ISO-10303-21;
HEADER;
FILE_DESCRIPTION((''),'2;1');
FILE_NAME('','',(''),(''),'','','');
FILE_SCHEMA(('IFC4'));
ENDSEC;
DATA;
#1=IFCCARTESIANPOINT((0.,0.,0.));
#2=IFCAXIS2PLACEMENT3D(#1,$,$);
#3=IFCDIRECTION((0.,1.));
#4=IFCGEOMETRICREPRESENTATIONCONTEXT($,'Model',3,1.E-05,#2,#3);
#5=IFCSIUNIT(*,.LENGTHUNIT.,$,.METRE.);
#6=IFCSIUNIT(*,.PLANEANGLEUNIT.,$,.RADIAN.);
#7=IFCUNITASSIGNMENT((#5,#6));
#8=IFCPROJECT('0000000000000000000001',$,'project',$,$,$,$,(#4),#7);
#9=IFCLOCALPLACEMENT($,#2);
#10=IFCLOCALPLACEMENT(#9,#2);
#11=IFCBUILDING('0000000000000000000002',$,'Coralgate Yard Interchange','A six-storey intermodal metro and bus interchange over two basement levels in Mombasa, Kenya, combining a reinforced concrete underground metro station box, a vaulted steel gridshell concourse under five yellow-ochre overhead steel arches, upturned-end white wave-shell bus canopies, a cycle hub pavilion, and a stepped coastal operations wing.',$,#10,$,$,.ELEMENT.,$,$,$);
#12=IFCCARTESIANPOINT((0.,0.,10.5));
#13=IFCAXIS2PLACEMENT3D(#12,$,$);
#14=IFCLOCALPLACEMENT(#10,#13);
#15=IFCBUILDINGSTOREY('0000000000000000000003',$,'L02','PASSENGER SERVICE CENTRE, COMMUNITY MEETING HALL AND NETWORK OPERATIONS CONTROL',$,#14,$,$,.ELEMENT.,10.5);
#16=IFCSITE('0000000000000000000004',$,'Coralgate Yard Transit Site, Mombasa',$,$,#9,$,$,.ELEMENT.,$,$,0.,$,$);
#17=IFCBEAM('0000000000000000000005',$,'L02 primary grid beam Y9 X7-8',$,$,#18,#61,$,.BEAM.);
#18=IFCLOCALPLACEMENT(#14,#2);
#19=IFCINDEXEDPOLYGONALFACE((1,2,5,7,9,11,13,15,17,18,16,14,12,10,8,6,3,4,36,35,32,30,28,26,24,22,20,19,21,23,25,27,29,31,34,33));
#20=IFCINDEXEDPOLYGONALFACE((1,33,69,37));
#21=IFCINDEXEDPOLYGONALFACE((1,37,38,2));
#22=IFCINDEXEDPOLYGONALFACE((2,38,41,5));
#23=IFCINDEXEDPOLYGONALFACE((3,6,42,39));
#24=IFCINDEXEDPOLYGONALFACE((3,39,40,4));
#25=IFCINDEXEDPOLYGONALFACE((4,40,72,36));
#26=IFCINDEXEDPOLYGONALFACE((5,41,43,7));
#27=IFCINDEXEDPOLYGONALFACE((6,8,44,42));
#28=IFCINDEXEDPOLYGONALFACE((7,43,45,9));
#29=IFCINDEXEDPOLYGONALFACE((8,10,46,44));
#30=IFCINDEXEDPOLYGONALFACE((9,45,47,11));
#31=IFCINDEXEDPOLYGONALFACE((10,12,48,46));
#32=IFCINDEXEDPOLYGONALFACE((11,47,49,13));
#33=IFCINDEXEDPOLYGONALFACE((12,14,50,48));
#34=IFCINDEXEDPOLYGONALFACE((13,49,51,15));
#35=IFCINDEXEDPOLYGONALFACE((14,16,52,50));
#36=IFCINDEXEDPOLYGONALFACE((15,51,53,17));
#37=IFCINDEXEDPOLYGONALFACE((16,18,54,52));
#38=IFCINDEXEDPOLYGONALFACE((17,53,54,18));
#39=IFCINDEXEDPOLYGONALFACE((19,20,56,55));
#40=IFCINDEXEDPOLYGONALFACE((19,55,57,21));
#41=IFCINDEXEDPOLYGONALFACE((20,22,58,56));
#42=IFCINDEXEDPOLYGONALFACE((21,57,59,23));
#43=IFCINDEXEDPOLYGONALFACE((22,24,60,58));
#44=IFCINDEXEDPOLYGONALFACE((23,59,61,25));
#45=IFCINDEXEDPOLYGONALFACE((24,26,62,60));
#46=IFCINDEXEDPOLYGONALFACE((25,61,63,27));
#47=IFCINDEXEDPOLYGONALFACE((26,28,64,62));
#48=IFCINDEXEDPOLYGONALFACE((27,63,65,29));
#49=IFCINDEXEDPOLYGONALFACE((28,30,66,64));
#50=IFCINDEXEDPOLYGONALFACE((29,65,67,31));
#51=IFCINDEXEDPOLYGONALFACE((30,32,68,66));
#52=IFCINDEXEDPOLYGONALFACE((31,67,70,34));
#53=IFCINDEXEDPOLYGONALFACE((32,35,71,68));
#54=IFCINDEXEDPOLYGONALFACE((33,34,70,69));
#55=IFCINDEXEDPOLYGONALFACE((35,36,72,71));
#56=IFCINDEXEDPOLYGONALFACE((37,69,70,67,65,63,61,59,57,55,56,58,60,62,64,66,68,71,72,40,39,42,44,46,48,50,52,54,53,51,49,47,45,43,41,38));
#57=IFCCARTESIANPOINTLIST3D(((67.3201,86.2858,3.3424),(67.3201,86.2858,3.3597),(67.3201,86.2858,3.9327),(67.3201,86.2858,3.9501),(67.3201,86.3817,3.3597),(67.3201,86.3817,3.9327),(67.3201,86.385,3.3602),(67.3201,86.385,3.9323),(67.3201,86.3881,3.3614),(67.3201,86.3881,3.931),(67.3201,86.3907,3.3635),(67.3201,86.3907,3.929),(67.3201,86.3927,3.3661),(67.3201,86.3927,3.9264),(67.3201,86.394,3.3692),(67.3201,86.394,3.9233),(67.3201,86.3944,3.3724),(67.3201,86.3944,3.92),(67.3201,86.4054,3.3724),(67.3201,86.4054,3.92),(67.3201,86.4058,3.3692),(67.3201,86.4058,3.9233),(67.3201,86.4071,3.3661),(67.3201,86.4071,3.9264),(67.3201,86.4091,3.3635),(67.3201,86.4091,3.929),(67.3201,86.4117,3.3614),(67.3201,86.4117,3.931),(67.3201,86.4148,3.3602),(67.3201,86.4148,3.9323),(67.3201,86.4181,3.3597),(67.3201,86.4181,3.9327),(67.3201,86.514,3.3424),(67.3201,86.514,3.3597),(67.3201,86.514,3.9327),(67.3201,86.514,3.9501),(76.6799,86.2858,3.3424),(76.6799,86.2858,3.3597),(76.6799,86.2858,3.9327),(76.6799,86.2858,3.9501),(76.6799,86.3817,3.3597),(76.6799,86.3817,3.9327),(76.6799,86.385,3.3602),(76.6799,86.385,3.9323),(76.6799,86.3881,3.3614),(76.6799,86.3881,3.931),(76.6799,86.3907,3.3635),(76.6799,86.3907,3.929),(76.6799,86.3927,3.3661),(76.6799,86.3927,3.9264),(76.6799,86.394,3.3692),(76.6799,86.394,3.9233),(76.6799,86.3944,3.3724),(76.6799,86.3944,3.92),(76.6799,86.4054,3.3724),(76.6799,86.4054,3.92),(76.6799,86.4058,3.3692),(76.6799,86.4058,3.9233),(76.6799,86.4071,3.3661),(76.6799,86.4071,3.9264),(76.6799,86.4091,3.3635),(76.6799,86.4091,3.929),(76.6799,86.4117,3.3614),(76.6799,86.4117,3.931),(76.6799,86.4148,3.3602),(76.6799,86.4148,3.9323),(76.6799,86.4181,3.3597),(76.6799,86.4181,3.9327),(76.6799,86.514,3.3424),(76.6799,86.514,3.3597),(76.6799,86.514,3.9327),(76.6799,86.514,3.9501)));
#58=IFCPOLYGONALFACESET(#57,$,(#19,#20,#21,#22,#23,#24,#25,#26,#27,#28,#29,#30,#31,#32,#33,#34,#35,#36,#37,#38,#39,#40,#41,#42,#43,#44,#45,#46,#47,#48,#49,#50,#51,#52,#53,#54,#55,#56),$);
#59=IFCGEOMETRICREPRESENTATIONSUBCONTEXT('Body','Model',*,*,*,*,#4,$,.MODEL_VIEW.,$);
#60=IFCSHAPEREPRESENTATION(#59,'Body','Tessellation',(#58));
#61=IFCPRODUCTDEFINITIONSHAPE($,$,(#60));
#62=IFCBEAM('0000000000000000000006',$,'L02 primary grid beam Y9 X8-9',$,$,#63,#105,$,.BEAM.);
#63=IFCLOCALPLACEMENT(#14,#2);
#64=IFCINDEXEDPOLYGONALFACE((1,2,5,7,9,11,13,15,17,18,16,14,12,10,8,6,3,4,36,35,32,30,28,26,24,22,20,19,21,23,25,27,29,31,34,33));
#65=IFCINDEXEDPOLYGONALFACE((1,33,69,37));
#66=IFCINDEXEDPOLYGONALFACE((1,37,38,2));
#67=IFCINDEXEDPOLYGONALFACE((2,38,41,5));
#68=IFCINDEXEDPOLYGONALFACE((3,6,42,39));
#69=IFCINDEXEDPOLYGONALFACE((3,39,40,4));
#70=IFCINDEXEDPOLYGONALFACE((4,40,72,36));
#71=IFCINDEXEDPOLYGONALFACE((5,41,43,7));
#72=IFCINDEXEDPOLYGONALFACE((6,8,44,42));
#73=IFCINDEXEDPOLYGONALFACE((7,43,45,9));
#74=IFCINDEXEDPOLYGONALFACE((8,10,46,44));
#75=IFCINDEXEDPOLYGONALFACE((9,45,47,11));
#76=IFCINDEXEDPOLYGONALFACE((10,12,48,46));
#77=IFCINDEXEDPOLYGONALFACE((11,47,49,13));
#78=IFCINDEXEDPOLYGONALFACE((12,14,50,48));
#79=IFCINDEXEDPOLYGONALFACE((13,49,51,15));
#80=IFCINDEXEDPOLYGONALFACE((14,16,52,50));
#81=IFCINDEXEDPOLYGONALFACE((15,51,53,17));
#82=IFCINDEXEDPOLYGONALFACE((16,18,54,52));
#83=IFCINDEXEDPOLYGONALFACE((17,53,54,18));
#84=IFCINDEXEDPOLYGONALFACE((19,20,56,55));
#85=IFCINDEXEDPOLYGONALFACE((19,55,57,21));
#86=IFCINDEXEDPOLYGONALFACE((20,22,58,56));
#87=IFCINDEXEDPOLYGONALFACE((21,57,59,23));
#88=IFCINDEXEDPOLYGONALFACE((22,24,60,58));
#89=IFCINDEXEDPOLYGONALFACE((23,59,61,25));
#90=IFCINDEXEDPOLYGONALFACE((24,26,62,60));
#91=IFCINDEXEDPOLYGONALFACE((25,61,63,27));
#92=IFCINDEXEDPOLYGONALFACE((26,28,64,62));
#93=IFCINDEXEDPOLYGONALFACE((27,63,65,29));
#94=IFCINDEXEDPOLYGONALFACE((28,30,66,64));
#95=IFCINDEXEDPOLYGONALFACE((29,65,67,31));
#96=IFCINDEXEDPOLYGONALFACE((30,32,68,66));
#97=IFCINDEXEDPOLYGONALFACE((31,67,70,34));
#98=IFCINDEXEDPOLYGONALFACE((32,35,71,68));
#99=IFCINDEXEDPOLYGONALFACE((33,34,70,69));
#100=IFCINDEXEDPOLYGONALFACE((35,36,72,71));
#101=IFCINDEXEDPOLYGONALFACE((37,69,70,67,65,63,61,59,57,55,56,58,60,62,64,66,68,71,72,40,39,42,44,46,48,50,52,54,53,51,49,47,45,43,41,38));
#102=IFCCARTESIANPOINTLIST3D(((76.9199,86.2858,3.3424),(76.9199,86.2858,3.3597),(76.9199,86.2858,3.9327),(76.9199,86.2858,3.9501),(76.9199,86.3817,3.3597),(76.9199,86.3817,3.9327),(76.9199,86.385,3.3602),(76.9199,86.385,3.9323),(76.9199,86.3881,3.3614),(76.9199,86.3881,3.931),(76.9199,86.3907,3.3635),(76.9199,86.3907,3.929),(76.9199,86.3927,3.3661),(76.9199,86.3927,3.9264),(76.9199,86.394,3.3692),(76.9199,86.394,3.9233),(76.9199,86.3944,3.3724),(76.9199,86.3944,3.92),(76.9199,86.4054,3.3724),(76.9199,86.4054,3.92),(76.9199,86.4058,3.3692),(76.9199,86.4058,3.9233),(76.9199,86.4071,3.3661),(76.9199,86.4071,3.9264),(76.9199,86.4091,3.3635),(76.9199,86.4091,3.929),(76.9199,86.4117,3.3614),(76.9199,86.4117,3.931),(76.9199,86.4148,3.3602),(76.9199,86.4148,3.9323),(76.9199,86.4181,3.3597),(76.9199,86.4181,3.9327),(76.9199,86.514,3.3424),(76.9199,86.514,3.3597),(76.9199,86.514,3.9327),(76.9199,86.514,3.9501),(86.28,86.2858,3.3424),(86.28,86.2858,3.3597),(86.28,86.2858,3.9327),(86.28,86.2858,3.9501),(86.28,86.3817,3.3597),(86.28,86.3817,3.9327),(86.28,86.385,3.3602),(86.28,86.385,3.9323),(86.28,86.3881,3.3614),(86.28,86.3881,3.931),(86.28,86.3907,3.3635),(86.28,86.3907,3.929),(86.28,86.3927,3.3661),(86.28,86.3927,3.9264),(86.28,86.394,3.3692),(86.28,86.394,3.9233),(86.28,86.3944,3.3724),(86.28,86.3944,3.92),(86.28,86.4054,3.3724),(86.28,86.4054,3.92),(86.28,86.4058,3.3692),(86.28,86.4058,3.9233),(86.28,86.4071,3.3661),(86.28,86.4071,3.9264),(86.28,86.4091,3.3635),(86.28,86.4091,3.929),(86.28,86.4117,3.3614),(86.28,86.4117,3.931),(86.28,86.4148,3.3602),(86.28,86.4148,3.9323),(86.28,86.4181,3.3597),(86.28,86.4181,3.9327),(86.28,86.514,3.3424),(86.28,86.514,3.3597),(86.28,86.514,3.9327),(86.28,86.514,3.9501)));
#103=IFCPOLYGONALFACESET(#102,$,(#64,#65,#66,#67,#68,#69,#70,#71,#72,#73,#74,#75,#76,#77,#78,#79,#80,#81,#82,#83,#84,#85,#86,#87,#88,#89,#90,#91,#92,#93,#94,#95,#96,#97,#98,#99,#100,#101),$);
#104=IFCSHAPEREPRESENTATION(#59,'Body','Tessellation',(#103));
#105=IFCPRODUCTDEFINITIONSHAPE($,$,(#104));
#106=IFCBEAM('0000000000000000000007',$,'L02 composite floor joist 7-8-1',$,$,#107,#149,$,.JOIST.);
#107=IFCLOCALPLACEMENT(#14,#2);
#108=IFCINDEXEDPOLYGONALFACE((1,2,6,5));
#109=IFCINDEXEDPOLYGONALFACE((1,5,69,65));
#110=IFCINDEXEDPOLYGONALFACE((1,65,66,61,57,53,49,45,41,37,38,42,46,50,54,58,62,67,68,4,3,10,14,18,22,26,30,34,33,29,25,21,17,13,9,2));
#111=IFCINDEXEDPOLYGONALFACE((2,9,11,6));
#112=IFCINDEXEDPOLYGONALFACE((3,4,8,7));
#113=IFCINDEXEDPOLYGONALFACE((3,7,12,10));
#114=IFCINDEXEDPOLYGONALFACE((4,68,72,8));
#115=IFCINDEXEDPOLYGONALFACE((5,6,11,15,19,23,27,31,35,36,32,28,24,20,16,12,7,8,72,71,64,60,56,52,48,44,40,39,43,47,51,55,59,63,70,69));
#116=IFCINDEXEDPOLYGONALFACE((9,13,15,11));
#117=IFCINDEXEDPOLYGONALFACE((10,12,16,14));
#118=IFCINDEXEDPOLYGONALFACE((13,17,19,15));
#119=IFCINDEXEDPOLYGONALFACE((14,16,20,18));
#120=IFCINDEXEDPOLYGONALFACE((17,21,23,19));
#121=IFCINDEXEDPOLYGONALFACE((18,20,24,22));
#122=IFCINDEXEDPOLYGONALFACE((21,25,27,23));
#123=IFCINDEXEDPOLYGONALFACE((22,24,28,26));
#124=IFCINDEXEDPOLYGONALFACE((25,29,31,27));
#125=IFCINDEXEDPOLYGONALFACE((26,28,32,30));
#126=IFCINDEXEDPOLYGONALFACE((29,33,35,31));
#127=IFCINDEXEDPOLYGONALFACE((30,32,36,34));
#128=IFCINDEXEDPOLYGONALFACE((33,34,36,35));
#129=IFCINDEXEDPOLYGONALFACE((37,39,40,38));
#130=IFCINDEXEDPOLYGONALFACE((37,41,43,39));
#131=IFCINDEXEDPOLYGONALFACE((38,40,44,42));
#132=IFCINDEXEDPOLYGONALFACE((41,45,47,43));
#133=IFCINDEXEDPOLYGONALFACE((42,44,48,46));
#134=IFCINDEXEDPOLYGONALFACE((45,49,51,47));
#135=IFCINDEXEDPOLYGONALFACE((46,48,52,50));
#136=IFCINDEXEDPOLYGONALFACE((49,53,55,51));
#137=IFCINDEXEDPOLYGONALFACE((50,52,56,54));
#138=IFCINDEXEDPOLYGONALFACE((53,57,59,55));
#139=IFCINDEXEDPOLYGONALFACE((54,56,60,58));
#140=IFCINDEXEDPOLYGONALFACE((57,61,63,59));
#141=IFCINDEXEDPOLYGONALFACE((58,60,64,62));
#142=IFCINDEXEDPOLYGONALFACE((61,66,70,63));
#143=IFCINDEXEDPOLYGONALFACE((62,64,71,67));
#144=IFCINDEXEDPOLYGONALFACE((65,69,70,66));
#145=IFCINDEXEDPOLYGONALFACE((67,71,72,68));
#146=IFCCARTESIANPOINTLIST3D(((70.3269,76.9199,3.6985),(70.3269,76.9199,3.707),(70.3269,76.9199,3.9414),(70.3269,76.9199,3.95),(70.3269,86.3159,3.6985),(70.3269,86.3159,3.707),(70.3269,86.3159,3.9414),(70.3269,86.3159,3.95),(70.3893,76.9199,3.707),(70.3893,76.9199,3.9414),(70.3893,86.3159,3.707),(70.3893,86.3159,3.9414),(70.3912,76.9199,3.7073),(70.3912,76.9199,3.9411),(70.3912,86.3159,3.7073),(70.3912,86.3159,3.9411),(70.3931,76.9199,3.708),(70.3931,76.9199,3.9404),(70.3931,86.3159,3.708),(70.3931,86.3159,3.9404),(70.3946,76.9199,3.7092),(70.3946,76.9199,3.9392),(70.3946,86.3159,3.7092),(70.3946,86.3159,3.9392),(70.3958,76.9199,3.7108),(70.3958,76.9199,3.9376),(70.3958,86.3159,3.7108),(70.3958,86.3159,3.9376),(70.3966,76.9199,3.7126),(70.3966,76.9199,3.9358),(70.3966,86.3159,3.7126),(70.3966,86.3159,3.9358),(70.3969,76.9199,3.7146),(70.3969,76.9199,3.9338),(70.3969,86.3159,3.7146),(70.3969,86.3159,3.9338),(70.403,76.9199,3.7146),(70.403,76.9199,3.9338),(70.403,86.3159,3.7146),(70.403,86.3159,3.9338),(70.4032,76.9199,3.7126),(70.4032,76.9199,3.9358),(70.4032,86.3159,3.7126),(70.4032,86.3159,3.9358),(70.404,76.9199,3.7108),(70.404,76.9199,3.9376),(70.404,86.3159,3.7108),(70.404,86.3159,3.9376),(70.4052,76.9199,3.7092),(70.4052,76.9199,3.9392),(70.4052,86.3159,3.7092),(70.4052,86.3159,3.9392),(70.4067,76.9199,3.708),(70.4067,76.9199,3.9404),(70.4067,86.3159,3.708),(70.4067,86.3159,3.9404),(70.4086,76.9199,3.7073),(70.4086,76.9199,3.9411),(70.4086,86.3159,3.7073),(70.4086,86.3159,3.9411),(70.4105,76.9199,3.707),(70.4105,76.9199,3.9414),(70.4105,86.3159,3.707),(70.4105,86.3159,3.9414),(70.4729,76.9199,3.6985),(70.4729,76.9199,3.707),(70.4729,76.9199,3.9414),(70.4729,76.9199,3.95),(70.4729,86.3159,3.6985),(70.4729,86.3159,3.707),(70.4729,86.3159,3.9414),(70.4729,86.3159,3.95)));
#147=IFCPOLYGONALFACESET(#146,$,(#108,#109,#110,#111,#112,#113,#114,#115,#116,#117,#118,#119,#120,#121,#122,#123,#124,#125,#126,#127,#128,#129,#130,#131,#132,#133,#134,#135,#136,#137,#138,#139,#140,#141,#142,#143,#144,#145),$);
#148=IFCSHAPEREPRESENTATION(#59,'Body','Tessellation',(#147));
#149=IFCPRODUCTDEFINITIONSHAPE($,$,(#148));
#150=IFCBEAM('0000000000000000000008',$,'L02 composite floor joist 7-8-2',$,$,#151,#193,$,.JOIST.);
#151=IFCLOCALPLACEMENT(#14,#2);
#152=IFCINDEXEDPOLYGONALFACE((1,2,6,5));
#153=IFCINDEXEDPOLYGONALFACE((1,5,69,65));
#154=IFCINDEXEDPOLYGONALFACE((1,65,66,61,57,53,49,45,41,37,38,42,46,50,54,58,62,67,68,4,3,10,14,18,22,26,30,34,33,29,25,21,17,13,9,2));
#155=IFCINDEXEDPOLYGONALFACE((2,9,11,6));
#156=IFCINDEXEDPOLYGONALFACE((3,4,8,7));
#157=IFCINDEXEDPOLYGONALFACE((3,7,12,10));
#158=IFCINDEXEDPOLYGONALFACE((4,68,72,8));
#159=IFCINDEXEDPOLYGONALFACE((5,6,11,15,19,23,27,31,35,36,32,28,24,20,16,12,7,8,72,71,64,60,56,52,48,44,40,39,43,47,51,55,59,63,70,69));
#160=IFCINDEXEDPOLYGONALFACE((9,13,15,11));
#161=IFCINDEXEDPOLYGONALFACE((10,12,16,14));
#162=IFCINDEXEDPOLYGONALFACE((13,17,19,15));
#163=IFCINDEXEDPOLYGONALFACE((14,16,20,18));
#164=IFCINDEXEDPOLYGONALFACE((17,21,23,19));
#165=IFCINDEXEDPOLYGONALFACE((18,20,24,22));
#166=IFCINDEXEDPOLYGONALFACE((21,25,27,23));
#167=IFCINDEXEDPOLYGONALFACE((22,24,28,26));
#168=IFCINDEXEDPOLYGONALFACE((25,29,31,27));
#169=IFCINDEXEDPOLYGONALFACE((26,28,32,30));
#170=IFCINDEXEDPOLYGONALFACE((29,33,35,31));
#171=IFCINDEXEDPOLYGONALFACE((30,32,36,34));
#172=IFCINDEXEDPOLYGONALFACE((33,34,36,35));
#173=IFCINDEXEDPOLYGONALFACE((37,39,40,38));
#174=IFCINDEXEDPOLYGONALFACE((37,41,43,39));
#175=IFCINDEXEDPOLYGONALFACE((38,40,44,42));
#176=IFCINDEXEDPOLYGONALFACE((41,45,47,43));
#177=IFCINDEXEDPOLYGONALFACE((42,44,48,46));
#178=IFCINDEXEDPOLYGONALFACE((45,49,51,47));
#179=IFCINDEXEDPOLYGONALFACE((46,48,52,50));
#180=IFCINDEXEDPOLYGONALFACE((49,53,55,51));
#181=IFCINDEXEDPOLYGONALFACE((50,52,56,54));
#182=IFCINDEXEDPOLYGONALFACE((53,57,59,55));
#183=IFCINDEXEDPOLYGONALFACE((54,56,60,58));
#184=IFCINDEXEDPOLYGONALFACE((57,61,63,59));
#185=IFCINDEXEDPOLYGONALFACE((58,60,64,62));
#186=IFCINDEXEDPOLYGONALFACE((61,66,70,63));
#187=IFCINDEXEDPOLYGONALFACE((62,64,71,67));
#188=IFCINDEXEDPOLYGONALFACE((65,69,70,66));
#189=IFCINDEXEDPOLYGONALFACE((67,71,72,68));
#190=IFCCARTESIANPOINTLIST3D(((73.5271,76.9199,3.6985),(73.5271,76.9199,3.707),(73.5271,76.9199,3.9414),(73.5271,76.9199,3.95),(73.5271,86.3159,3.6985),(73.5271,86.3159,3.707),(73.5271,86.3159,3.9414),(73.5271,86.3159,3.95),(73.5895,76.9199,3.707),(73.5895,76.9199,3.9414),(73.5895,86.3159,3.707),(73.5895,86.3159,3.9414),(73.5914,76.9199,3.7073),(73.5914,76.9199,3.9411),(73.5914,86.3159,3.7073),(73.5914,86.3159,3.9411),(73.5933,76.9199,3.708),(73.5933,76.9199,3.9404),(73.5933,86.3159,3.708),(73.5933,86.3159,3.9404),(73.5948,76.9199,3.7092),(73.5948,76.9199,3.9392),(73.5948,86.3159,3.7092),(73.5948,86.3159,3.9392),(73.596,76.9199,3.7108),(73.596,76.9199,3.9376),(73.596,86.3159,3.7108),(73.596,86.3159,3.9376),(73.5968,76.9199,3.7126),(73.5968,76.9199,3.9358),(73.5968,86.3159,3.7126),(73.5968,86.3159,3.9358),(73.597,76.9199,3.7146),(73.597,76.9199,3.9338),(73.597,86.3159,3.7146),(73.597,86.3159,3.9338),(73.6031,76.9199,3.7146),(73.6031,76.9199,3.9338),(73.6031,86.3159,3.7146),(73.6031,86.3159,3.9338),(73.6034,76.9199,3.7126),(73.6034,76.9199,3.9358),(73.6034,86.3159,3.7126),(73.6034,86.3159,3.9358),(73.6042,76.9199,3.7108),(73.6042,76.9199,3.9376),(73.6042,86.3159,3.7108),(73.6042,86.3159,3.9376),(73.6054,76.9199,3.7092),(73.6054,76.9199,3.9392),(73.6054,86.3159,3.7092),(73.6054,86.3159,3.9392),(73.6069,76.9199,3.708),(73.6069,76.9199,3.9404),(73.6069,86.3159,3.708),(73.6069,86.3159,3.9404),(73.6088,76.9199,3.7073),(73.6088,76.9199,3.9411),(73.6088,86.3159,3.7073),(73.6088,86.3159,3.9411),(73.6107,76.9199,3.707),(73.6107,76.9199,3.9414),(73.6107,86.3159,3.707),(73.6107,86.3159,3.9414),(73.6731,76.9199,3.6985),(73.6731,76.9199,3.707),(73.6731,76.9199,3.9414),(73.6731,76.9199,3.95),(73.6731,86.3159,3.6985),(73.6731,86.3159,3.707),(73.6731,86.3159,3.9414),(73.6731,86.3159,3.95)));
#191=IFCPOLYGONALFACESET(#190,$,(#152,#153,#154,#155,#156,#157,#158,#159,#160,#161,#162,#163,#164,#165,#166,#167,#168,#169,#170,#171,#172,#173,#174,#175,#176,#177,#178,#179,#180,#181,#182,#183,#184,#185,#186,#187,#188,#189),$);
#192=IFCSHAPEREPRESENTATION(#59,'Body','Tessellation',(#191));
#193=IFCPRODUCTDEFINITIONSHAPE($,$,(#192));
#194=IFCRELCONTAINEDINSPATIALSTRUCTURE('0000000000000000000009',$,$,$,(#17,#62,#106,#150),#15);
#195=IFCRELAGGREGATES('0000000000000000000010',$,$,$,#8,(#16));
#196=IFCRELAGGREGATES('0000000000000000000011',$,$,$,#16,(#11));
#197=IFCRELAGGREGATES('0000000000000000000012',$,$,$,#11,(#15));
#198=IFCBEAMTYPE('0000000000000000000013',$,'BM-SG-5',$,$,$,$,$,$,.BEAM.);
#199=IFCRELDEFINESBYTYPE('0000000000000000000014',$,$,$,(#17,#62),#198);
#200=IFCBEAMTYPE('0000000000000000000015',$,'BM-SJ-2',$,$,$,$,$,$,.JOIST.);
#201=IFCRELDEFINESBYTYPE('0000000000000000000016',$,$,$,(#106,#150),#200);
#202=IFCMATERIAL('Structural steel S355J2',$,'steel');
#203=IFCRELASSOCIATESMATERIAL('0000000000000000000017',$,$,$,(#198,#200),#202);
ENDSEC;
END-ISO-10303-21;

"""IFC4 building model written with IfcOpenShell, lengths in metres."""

from ifc_helpers import new_model, si_unit, direction, frame, origin, origin_2d, place, context, subcontext, project, spatial, i_section, extrude, material, material_profile, profile_set, type_object, element, save


model = new_model("IFC4")

# Units and contexts
model_context = context("Model", 3, precision=1e-05, world=origin(), true_north=direction((0.0, 1.0)))
body_context = subcontext(model_context, "Body", "Model", "MODEL_VIEW")
ifc_project = project(units=[si_unit("LENGTHUNIT", "METRE"), si_unit("PLANEANGLEUNIT", "RADIAN")], contexts=[model_context])

# Site, building, storey
site_placement = place(None, origin())
site = spatial("IfcSite", under=ifc_project, at=site_placement, Name="Coralgate Yard Transit Site, Mombasa", CompositionType="ELEMENT", RefElevation=0.0)
building_placement = place(site_placement, origin())
building = spatial("IfcBuilding", under=site, at=building_placement, Name="Coralgate Yard Interchange", Description="A six-storey intermodal metro and bus interchange over two basement levels in Mombasa, Kenya, combining a reinforced concrete underground metro station box, a vaulted steel gridshell concourse under five yellow-ochre overhead steel arches, upturned-end white wave-shell bus canopies, a cycle hub pavilion, and a stepped coastal operations wing.", CompositionType="ELEMENT")
storey_placement = place(building_placement, frame((0.0, 0.0, 10.5)))
storey = spatial("IfcBuildingStorey", under=building, at=storey_placement, Name="L02", Description="PASSENGER SERVICE CENTRE, COMMUNITY MEETING HALL AND NETWORK OPERATIONS CONTROL", CompositionType="ELEMENT", Elevation=10.5)

# Shared definitions
ifc_material_1 = material(Name="Structural steel S355J2", Category="steel")

# Beams
ifc_material_profile_1 = material_profile(ifc_material_1, i_section(OverallWidth=0.2283, OverallDepth=0.6077, WebThickness=0.011, FlangeThickness=0.0173, FilletRadius=0.0127, at=origin_2d()), Name="UB 610x229x113")
ifc_profile_set_1 = profile_set([ifc_material_profile_1], Name="Structural steel S355J2")
beam_type_1 = type_object("IfcBeamType", Name="BM-SG-5", PredefinedType="BEAM", material=ifc_profile_set_1)
beam_1_placement = place(storey_placement, frame((67.3201, 86.3999, 3.6462), z_axis=(1.0, 0.0, 0.0), x_axis=(0.0, 1.0, 0.0)))
element("IfcBeam", 1, at=beam_1_placement, inside=storey, type_object=beam_type_1, Name="L02 primary grid beam Y9 X7-8", PredefinedType="BEAM", context=body_context, shape_type="SweptSolid", body=[
    extrude(i_section(OverallWidth=0.2283, OverallDepth=0.6077, WebThickness=0.011, FlangeThickness=0.0173, FilletRadius=0.0127, at=origin_2d()), origin(), (0.0, 0.0, 1.0), 9.3599),
])
beam_2_placement = place(storey_placement, frame((76.9199, 86.3999, 3.6462), z_axis=(1.0, 0.0, 0.0), x_axis=(0.0, 1.0, 0.0)))
element("IfcBeam", 2, at=beam_2_placement, inside=storey, type_object=beam_type_1, Name="L02 primary grid beam Y9 X8-9", PredefinedType="BEAM", context=body_context, shape_type="SweptSolid", body=[
    extrude(i_section(OverallWidth=0.2283, OverallDepth=0.6077, WebThickness=0.011, FlangeThickness=0.0173, FilletRadius=0.0127, at=origin_2d()), origin(), (0.0, 0.0, 1.0), 9.3601),
])
ifc_material_profile_2 = material_profile(ifc_material_1, i_section(OverallWidth=0.146, OverallDepth=0.2515, WebThickness=0.0061, FlangeThickness=0.0085, FilletRadius=0.0076, at=origin_2d()), Name="UB 254x146x31")
ifc_profile_set_2 = profile_set([ifc_material_profile_2], Name="Structural steel S355J2")
beam_type_2 = type_object("IfcBeamType", Name="BM-SJ-2", PredefinedType="JOIST", material=ifc_profile_set_2)
for number, where, z_axis, x_axis, name in (
    (3, (70.3999, 76.9199, 3.8242), (0.0, 1.0, 0.0), (-1.0, 0.0, 0.0), "L02 composite floor joist 7-8-1"),
    (4, (73.6001, 76.9199, 3.8242), (0.0, 1.0, 0.0), (-1.0, 0.0, 0.0), "L02 composite floor joist 7-8-2"),
):
    element("IfcBeam", number, at=place(storey_placement, frame(where, z_axis=z_axis, x_axis=x_axis)), inside=storey, type_object=beam_type_2, Name=name, PredefinedType="JOIST", context=body_context, shape_type="SweptSolid", body=[
        extrude(i_section(OverallWidth=0.146, OverallDepth=0.2515, WebThickness=0.0061, FlangeThickness=0.0085, FilletRadius=0.0076, at=origin_2d()), origin(), (0.0, 0.0, 1.0), 9.396),
    ])

save(model, "model.ifc")
